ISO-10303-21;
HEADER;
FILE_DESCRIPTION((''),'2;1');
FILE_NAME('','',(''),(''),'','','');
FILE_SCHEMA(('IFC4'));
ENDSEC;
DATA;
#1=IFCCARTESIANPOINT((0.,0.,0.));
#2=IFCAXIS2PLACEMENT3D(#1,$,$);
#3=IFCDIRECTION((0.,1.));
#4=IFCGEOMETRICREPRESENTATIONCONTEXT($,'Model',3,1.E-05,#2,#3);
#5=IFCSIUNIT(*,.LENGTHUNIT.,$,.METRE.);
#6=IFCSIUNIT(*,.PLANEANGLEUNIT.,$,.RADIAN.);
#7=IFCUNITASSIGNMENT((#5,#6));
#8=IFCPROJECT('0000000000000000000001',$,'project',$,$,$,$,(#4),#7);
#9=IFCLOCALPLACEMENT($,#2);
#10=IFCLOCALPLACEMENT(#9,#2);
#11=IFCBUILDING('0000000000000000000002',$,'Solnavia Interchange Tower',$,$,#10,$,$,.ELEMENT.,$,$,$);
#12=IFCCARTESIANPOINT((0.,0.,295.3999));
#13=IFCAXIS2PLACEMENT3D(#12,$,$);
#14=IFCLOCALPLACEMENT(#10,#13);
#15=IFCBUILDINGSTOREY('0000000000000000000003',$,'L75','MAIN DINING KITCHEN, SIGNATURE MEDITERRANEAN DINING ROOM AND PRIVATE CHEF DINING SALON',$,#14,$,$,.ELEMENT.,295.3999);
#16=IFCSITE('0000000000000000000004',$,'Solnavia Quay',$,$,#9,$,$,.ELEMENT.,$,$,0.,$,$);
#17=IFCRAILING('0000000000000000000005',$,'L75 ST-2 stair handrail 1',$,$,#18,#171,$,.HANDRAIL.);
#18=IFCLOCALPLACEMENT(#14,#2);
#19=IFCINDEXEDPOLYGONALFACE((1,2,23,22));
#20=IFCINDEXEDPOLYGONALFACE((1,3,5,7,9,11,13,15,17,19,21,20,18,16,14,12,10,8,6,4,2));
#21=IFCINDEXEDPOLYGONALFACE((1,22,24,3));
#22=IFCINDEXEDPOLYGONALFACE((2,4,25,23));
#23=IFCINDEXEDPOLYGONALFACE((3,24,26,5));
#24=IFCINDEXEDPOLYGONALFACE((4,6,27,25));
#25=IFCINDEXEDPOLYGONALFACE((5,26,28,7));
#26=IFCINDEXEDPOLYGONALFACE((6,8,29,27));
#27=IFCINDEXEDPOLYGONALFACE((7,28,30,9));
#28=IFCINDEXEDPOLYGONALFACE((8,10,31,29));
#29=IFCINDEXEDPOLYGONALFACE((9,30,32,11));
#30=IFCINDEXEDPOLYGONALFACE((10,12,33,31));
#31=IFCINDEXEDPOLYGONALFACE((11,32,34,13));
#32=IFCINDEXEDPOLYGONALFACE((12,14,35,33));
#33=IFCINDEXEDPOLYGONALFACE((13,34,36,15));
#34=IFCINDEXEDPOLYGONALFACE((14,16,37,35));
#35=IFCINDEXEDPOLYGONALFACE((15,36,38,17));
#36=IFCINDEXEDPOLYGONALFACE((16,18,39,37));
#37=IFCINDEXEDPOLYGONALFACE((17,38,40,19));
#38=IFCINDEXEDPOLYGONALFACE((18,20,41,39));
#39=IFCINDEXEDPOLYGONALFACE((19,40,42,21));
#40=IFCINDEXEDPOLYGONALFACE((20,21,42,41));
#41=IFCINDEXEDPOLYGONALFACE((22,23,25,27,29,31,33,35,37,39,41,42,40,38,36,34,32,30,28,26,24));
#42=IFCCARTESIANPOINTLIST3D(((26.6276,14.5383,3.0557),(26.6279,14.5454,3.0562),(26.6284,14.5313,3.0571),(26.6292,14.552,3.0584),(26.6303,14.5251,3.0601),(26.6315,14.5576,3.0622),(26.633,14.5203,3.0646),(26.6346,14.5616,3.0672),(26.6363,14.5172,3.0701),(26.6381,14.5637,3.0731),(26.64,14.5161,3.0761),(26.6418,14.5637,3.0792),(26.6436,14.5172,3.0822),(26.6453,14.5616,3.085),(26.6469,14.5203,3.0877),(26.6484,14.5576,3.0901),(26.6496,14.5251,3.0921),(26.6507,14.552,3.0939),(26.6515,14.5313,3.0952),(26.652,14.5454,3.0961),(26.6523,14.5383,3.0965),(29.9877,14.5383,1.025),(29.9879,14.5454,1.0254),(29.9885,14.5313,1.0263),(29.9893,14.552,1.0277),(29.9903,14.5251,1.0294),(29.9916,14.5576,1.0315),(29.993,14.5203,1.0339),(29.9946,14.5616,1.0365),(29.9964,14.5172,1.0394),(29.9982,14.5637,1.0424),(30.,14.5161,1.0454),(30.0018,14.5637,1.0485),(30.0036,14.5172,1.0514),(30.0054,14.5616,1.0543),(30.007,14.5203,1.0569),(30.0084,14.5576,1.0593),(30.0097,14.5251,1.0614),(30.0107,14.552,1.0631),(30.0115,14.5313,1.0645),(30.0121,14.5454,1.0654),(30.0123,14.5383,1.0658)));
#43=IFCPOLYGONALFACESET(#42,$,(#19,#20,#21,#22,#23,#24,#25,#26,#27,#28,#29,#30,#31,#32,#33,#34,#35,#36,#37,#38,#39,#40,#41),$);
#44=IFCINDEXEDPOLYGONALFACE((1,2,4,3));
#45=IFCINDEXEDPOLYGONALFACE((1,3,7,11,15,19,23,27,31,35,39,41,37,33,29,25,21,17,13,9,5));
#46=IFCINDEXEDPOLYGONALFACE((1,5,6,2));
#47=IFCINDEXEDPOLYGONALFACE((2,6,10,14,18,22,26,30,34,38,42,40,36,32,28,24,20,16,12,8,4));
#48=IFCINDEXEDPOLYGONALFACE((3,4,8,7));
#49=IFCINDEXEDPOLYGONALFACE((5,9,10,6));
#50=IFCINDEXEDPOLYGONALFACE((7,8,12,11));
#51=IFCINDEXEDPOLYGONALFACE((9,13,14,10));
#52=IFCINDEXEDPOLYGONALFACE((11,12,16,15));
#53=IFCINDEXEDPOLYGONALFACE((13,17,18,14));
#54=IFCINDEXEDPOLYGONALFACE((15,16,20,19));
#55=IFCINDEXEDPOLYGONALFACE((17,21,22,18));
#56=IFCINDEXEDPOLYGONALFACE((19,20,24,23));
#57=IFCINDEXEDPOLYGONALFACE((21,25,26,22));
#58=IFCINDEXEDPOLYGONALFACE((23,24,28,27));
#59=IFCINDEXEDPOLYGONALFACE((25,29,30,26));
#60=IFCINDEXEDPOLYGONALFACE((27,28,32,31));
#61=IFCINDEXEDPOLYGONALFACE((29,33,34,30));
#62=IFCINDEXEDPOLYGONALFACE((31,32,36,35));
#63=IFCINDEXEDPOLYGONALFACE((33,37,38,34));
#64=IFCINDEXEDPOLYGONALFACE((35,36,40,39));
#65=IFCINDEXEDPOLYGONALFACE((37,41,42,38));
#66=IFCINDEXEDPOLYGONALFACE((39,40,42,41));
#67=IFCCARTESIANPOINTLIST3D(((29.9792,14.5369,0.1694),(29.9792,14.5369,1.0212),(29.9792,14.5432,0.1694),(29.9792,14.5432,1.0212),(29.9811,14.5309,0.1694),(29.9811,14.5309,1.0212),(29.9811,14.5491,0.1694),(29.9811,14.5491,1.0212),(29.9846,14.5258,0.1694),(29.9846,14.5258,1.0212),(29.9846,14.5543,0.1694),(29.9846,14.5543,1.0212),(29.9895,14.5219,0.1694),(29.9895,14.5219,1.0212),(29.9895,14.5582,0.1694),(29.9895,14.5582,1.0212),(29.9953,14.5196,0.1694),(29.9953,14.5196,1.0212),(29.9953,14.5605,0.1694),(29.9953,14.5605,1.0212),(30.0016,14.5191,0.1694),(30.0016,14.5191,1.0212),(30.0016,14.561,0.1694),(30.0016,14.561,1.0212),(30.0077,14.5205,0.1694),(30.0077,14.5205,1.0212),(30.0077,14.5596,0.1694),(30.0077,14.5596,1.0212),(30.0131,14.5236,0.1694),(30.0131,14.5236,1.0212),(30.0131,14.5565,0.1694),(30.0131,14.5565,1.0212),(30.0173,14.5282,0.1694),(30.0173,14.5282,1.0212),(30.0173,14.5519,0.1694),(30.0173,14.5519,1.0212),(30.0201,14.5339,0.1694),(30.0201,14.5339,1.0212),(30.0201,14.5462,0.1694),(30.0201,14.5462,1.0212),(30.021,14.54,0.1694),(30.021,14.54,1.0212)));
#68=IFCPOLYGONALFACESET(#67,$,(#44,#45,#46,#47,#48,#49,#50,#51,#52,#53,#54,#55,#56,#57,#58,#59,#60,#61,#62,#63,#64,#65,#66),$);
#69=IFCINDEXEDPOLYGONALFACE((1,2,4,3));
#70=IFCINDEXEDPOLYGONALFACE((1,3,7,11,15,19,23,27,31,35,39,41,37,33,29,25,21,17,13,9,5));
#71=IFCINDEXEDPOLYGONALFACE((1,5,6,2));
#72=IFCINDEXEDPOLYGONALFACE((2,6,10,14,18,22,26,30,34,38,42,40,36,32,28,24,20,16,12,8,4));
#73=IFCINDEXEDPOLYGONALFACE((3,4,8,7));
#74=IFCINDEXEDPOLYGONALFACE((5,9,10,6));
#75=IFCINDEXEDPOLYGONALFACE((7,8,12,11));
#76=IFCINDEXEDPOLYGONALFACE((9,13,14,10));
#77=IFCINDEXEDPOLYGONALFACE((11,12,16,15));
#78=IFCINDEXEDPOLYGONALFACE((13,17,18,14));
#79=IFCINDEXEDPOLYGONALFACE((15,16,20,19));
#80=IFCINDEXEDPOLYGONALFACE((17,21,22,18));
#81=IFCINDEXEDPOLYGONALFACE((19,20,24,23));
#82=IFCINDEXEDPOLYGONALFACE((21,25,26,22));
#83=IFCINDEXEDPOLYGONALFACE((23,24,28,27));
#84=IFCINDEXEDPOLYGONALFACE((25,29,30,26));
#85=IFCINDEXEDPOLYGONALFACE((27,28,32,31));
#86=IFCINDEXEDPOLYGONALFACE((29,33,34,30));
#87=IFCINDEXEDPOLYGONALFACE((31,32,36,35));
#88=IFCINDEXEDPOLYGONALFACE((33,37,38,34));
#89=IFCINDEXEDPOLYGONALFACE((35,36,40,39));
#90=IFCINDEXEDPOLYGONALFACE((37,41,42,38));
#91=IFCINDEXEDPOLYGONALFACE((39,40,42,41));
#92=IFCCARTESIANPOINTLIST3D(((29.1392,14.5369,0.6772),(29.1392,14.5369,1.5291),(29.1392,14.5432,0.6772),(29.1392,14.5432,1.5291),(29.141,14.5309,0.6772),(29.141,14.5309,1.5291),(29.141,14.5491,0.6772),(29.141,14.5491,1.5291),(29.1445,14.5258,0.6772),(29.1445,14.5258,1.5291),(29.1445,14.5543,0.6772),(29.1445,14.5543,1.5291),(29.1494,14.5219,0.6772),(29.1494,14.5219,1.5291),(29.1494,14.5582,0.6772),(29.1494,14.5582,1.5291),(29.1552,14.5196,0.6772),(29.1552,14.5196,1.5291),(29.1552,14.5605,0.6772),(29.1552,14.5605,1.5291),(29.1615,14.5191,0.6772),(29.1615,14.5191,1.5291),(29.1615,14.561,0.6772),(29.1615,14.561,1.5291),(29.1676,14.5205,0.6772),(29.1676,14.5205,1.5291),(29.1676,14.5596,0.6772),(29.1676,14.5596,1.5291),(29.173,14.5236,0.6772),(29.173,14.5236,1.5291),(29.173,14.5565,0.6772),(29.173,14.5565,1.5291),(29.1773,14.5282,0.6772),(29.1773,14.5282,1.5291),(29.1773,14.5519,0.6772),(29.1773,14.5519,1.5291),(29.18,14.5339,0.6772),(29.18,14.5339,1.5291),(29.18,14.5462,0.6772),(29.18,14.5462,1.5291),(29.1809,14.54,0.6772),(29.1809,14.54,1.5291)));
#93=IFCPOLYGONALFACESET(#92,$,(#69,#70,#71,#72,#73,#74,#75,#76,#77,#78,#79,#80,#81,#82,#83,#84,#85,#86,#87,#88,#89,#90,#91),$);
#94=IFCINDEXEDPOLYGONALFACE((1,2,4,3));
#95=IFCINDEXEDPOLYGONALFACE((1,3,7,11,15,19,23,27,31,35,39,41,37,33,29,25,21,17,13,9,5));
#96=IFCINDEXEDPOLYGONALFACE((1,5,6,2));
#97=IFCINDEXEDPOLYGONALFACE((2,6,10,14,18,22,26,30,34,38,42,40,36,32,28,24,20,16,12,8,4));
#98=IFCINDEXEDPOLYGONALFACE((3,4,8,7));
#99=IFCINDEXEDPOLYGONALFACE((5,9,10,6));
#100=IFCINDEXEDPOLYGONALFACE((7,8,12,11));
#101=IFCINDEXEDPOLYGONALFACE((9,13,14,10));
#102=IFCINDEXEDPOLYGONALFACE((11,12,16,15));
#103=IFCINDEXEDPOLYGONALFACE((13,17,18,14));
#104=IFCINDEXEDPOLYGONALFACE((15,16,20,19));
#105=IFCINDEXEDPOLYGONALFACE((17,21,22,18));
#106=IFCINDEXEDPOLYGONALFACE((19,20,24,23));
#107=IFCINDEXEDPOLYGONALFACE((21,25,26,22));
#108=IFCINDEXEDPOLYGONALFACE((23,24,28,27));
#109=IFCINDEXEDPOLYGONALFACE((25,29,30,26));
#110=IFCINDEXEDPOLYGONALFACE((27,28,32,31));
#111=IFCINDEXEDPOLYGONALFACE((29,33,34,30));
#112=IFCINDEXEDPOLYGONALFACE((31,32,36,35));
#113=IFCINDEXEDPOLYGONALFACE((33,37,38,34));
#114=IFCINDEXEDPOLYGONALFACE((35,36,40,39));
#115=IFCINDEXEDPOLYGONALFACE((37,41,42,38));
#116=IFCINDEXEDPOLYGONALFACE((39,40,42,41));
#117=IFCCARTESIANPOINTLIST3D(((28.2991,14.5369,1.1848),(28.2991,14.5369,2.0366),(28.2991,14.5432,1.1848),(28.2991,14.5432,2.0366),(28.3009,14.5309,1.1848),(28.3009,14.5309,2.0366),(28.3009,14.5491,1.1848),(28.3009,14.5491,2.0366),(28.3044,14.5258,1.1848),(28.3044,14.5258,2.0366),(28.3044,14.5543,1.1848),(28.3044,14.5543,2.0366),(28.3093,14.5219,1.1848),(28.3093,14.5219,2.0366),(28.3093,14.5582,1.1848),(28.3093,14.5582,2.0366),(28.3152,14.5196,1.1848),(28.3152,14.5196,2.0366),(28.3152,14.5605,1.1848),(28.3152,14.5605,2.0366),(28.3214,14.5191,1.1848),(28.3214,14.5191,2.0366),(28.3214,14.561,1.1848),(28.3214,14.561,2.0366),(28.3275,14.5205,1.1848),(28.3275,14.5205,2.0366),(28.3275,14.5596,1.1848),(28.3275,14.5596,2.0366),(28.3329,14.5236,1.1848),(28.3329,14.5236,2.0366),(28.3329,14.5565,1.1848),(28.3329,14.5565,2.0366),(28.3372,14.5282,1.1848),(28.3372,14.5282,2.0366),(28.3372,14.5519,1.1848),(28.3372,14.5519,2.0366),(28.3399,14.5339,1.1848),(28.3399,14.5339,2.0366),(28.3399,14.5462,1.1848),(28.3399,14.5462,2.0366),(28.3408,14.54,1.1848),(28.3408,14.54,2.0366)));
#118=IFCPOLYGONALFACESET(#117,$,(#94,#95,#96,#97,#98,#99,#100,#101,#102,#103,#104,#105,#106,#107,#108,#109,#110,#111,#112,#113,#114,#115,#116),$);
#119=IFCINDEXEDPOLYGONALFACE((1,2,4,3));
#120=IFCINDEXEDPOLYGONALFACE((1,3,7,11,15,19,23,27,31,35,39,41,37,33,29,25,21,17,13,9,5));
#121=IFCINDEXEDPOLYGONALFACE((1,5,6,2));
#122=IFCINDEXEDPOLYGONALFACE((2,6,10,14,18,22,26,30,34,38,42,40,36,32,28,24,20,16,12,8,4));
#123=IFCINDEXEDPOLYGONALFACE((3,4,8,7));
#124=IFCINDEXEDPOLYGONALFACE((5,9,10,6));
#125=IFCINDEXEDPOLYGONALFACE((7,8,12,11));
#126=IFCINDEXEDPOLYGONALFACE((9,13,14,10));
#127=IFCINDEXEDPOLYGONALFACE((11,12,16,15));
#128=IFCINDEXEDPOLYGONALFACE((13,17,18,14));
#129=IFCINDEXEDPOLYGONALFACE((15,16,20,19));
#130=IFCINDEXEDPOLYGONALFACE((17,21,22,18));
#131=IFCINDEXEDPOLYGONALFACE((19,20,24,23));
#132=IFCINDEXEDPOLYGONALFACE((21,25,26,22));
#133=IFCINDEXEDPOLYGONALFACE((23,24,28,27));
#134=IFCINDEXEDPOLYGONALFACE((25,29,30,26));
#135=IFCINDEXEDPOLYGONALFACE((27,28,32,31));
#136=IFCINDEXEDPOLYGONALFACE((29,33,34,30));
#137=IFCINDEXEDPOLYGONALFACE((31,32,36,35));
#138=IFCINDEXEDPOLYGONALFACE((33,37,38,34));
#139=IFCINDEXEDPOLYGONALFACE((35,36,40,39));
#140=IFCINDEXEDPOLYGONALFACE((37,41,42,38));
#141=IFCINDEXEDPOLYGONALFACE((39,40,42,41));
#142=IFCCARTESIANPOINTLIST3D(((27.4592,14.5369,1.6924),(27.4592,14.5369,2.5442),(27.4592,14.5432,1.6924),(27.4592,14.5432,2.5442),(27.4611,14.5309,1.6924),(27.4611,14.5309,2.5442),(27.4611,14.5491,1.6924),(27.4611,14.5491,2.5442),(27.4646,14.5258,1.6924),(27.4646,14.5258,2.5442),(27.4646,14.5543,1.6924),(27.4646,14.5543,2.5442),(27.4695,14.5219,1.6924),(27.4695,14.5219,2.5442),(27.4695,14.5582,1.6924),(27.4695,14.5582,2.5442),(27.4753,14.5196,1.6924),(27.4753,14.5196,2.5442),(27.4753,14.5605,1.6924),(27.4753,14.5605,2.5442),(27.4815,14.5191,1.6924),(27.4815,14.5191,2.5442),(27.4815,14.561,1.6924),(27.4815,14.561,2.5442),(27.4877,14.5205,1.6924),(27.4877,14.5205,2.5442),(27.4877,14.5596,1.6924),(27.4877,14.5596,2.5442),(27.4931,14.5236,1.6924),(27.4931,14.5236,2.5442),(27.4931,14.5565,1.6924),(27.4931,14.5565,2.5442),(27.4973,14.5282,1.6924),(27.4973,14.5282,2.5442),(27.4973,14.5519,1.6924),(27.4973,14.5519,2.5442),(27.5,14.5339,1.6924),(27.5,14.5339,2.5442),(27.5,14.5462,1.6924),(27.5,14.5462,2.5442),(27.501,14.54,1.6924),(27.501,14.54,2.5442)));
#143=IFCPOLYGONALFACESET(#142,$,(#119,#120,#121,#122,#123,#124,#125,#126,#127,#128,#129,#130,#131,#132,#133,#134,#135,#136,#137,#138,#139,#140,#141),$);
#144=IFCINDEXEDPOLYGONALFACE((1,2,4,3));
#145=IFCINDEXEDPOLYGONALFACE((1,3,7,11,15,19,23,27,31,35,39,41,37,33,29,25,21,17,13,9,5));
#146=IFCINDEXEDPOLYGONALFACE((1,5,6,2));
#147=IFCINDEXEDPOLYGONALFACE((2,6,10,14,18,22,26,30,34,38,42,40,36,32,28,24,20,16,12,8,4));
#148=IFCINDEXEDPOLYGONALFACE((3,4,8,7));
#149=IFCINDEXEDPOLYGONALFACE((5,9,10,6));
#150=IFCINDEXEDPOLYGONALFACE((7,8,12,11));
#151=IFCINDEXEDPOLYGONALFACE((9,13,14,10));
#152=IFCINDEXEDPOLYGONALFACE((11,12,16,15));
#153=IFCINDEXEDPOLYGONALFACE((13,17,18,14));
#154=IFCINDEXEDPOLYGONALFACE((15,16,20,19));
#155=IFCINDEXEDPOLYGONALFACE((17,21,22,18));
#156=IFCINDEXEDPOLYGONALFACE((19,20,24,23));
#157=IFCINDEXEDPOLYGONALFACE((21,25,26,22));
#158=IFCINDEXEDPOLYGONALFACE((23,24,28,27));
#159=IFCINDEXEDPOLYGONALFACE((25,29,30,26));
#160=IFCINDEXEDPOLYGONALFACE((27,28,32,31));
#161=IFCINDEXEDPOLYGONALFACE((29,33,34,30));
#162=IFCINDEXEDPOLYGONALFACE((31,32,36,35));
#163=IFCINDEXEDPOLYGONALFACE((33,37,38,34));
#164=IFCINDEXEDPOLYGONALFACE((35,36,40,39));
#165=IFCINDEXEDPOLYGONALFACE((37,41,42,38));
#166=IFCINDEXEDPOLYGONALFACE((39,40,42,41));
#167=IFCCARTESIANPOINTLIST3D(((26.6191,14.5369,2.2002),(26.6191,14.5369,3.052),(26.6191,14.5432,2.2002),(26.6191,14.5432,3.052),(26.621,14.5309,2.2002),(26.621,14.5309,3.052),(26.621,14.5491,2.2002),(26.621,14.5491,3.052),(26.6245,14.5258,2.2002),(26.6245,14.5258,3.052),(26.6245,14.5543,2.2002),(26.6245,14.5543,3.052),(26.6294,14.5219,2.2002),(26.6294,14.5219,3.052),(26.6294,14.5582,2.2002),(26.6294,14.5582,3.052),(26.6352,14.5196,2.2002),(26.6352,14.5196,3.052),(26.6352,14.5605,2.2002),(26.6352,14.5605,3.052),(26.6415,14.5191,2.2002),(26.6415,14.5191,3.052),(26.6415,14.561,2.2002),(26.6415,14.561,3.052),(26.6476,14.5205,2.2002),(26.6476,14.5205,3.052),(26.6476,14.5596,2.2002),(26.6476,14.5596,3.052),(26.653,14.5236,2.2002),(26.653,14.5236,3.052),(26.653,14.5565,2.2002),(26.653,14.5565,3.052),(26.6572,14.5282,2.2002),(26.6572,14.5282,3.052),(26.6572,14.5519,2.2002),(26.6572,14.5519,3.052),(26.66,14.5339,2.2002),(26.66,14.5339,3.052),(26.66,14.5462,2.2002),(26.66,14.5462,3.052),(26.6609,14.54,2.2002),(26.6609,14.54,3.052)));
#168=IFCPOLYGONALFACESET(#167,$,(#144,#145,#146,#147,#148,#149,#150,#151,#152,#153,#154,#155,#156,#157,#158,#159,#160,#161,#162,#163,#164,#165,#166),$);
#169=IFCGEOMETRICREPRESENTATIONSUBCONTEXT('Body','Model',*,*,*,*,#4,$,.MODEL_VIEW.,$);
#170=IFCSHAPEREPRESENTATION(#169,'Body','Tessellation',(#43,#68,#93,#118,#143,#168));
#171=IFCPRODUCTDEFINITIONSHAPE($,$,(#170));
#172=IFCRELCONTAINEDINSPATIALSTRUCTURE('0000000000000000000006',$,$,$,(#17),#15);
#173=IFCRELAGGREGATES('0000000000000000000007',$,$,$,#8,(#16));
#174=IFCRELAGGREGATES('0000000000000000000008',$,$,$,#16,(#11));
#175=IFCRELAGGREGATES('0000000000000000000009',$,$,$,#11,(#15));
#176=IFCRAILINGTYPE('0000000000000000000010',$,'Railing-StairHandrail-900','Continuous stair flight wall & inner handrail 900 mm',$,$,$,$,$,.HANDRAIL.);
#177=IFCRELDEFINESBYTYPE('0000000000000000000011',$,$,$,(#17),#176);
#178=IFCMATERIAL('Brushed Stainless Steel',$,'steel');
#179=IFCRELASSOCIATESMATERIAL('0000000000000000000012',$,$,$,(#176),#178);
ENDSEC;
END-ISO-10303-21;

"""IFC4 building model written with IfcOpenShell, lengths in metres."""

from ifc_helpers import new_model, si_unit, direction, frame, origin, origin_2d, place, context, subcontext, project, spatial, circle, extrude, material, type_object, element, save


model = new_model("IFC4")

# Units and contexts
model_context = context("Model", 3, precision=1e-05, world=origin(), true_north=direction((0.0, 1.0)))
body_context = subcontext(model_context, "Body", "Model", "MODEL_VIEW")
ifc_project = project(units=[si_unit("LENGTHUNIT", "METRE"), si_unit("PLANEANGLEUNIT", "RADIAN")], contexts=[model_context])

# Site, building, storey
site_placement = place(None, origin())
site = spatial("IfcSite", under=ifc_project, at=site_placement, Name="Solnavia Quay", CompositionType="ELEMENT", RefElevation=0.0)
building_placement = place(site_placement, origin())
building = spatial("IfcBuilding", under=site, at=building_placement, Name="Solnavia Interchange Tower", CompositionType="ELEMENT")
storey_placement = place(building_placement, frame((0.0, 0.0, 295.3999)))
storey = spatial("IfcBuildingStorey", under=building, at=storey_placement, Name="L75", Description="MAIN DINING KITCHEN, SIGNATURE MEDITERRANEAN DINING ROOM AND PRIVATE CHEF DINING SALON", CompositionType="ELEMENT", Elevation=295.3999)

# Railing
ifc_material_1 = material(Name="Brushed Stainless Steel", Category="steel")
railing_type_1 = type_object("IfcRailingType", Name="Railing-StairHandrail-900", Description="Continuous stair flight wall & inner handrail 900 mm", PredefinedType="HANDRAIL", material=ifc_material_1)
for number, where, name in (
    (1, (30.0, 14.54, 0.1694), "L75 ST-2 stair handrail 1"),
):
    element("IfcRailing", number, at=place(storey_placement, frame(where)), inside=storey, type_object=railing_type_1, Name=name, PredefinedType="HANDRAIL", context=body_context, shape_type="SweptSolid", body=[
        extrude(circle(Radius=0.0239, at=origin_2d()), frame((0.0, 0.0, 0.876), z_axis=(-0.855837, 0.0, 0.517246), x_axis=(0.0, -1.0, 0.0)), (0.0, 0.0, 1.0), 3.926),
        extrude(circle(Radius=0.021, at=origin_2d()), origin(), (0.0, 0.0, 1.0), 0.8518),
        extrude(circle(Radius=0.021, at=origin_2d()), frame((-0.8401, 0.0, 0.5078)), (0.0, 0.0, 1.0), 0.8518),
        extrude(circle(Radius=0.021, at=origin_2d()), frame((-1.6802, 0.0, 1.0154)), (0.0, 0.0, 1.0), 0.8518),
        extrude(circle(Radius=0.021, at=origin_2d()), frame((-2.52, 0.0, 1.5229)), (0.0, 0.0, 1.0), 0.8518),
        extrude(circle(Radius=0.021, at=origin_2d()), frame((-3.3601, 0.0, 2.0308)), (0.0, 0.0, 1.0), 0.8518),
    ])

save(model, "model.ifc")
